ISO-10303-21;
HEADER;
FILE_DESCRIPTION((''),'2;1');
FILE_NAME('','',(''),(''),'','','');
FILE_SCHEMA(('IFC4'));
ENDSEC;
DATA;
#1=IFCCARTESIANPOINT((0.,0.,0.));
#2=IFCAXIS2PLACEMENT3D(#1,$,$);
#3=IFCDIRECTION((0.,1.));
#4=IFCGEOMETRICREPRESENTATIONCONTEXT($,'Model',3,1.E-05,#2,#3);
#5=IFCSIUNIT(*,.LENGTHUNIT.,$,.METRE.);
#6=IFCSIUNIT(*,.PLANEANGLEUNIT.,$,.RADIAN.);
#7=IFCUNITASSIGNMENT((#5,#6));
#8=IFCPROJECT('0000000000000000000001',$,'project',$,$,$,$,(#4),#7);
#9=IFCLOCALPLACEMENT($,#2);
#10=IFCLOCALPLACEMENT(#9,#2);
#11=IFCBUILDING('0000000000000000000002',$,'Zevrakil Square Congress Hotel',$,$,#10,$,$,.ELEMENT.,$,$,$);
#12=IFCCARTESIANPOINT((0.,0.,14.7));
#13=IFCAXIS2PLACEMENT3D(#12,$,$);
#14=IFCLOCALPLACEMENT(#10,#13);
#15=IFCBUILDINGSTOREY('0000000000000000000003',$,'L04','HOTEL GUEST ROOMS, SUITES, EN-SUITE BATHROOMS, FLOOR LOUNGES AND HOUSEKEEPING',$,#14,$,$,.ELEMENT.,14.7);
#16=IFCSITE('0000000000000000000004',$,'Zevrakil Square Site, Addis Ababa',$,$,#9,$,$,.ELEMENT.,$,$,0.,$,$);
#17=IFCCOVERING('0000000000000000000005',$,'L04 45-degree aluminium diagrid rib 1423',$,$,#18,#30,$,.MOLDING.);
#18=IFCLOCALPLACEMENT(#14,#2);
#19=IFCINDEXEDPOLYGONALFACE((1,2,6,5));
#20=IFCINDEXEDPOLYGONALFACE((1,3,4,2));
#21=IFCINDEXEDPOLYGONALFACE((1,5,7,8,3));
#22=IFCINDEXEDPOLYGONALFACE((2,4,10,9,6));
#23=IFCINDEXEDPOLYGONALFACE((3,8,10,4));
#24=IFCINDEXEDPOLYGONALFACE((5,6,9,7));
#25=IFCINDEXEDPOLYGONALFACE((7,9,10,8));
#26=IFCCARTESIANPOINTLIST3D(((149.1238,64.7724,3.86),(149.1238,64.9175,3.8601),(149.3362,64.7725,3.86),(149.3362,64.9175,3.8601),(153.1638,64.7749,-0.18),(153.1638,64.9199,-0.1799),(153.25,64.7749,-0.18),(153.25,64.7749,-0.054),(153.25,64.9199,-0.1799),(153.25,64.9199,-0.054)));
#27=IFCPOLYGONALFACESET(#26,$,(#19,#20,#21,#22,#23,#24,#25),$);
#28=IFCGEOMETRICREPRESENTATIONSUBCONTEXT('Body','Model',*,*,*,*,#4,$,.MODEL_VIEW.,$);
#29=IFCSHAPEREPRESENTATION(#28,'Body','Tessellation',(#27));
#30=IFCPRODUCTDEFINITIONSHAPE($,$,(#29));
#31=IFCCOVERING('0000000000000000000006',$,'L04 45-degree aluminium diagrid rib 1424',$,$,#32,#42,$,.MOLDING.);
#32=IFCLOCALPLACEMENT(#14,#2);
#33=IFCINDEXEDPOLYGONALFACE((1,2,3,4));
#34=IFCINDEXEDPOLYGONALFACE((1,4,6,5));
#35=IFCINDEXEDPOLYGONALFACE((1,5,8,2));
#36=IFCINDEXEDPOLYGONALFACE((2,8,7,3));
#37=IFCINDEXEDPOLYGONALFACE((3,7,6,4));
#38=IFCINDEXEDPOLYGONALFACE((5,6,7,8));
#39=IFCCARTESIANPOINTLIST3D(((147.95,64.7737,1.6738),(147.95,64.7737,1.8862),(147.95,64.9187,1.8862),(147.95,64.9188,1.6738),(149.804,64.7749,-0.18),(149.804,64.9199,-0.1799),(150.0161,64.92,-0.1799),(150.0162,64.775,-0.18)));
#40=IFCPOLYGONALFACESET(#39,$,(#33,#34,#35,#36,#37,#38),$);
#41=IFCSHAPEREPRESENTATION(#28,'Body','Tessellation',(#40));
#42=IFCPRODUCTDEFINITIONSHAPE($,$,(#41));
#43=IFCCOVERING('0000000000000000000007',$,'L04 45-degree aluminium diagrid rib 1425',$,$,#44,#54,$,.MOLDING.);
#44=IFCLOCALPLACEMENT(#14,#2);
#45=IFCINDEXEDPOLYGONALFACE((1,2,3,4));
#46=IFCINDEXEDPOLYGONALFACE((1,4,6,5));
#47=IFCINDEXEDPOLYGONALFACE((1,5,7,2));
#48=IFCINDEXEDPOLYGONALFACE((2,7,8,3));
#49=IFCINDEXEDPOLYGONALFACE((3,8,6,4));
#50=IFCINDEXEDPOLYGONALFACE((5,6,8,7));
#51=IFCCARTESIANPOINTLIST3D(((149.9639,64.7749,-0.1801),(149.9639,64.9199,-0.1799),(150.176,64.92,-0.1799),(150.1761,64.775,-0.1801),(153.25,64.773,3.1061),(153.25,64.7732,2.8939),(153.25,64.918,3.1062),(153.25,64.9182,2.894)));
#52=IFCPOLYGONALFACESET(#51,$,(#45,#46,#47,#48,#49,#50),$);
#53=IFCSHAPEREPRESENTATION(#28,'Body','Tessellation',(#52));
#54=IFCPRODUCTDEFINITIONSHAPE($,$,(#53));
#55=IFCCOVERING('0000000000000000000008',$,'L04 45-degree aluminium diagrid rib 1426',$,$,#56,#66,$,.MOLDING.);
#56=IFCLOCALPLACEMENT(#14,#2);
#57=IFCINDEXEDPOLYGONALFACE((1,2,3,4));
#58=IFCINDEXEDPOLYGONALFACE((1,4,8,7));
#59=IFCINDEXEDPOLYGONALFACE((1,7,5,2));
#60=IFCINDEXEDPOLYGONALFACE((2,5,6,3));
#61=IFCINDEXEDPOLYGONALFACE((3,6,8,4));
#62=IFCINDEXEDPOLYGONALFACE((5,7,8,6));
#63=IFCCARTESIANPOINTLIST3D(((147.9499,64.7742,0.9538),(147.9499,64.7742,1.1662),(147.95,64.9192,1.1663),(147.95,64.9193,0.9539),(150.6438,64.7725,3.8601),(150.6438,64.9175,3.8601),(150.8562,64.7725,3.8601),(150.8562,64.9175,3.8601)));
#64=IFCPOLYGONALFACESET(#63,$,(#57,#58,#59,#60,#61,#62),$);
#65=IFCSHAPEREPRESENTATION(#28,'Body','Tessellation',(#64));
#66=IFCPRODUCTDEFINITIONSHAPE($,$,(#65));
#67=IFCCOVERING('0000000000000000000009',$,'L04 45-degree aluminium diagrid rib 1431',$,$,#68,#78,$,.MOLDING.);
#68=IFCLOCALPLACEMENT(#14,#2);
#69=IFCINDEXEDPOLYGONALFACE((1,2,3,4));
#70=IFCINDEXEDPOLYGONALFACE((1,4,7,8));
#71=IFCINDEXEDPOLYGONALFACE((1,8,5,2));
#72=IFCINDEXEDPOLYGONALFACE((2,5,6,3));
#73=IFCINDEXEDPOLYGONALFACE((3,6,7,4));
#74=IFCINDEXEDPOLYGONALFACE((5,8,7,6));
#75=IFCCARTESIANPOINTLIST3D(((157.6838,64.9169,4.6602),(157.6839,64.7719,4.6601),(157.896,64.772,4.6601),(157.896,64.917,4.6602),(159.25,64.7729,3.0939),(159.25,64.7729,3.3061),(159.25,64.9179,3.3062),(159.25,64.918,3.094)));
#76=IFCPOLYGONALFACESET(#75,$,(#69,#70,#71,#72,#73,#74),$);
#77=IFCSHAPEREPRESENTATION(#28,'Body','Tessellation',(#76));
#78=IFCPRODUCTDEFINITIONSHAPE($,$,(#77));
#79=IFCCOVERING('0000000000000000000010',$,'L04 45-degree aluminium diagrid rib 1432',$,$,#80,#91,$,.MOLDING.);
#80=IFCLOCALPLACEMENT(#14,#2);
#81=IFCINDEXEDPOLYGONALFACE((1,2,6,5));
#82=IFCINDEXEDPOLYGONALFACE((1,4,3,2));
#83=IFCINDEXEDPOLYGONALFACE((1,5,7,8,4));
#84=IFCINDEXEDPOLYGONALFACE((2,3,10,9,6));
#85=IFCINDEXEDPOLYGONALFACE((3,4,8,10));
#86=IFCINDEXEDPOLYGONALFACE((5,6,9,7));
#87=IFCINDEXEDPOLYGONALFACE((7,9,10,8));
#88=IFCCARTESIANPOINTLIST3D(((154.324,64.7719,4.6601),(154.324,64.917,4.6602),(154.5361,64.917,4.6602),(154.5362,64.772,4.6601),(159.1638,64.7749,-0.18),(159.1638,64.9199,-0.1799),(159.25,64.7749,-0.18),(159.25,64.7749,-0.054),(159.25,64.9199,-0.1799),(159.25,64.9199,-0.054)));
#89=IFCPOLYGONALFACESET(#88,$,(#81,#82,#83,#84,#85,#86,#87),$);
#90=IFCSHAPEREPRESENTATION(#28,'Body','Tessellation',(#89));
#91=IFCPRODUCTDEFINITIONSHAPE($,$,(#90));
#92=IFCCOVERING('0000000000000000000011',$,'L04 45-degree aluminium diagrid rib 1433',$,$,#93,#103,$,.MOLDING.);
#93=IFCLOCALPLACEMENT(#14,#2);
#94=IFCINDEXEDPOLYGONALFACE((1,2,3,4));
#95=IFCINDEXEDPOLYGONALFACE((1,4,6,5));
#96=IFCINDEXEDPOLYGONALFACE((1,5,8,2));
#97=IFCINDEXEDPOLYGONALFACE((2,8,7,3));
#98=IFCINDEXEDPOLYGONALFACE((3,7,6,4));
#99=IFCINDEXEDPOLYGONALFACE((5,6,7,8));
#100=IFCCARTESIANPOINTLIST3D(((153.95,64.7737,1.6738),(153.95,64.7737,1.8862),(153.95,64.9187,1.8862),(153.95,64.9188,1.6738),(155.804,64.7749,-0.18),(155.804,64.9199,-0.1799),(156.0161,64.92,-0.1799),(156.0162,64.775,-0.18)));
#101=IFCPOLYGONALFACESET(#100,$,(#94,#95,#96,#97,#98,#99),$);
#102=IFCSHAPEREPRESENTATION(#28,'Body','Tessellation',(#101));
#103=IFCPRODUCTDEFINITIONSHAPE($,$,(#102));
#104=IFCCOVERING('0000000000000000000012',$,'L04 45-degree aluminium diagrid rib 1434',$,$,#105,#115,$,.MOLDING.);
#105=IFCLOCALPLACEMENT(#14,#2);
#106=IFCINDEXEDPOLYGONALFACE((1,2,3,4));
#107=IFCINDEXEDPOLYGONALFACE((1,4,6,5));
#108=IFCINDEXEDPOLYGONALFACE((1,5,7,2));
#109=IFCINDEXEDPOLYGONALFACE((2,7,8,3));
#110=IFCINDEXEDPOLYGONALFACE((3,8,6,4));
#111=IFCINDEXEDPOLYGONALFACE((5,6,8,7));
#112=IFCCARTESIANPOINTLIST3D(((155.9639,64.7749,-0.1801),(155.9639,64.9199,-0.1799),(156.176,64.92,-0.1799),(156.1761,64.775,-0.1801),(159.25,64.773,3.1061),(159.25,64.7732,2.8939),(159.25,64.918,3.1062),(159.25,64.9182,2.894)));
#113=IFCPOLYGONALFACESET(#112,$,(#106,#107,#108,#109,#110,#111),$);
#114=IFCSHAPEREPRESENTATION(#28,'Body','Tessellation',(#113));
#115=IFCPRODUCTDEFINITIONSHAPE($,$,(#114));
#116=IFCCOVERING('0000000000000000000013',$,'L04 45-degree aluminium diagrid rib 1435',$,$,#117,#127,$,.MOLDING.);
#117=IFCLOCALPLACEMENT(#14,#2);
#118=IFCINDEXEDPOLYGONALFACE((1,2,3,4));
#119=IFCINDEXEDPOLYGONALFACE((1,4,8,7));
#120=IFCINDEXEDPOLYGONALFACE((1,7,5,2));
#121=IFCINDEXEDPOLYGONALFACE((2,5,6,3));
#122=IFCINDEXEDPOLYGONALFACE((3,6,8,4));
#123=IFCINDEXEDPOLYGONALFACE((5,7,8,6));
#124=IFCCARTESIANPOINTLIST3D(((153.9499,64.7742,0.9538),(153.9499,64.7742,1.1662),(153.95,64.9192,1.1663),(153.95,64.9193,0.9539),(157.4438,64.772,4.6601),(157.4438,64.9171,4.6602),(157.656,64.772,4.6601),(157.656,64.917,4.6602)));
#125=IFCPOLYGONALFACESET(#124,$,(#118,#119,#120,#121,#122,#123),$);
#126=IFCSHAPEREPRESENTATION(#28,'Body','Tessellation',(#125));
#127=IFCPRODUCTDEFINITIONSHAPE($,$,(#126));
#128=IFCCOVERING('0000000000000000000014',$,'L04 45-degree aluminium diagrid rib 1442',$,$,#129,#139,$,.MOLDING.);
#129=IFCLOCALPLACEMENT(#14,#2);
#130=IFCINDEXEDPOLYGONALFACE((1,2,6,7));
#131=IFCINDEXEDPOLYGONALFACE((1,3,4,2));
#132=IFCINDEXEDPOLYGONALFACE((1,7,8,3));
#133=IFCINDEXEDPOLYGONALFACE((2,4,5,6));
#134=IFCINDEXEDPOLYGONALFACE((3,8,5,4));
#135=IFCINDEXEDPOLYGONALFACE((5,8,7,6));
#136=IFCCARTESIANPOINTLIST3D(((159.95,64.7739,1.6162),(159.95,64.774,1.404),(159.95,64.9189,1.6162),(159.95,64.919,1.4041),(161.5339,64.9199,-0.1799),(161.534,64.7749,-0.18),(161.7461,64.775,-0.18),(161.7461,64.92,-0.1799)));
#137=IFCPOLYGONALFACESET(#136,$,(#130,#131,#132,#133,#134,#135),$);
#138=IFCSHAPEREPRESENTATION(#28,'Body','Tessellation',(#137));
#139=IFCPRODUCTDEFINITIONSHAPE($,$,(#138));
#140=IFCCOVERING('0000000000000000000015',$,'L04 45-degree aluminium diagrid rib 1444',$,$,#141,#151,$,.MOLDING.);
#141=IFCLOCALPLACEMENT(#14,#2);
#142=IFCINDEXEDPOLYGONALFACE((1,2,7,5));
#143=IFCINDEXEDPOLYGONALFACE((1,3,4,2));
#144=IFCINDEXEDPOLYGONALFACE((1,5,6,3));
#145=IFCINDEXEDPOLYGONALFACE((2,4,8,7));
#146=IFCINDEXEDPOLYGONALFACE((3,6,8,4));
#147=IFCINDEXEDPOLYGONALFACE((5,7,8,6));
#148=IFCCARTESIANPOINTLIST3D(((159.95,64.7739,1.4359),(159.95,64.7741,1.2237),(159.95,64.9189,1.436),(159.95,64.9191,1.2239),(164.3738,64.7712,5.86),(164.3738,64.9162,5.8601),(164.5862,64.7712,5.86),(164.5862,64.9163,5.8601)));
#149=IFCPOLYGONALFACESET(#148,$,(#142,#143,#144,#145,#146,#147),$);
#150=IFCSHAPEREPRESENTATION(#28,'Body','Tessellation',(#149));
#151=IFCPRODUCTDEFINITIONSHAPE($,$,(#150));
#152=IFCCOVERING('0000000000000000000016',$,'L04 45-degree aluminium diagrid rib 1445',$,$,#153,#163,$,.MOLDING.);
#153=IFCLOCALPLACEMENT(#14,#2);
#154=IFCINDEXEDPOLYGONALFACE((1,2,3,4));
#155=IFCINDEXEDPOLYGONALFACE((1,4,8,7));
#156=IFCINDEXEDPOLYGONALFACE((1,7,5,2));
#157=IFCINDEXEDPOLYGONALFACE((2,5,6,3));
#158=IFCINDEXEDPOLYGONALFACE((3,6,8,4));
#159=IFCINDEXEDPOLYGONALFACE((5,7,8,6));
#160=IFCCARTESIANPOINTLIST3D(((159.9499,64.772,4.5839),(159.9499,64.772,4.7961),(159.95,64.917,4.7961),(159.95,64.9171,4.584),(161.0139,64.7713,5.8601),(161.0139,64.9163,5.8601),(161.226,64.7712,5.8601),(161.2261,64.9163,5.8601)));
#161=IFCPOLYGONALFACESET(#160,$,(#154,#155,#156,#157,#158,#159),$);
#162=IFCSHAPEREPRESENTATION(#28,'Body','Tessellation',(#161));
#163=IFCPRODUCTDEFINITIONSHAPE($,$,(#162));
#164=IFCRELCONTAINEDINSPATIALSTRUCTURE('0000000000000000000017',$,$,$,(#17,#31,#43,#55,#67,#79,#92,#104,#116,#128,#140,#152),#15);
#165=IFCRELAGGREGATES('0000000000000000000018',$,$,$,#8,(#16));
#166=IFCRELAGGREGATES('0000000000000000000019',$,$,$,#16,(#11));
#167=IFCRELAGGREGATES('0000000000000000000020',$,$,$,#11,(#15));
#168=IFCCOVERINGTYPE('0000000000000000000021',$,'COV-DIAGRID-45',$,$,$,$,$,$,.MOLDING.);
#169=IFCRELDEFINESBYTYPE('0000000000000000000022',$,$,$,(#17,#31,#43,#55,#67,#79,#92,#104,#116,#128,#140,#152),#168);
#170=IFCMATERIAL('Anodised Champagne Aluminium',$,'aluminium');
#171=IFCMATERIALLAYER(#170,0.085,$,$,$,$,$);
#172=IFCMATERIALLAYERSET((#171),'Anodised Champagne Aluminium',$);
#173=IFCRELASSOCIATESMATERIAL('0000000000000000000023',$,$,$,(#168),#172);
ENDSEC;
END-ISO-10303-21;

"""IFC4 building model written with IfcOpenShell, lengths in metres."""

from ifc_helpers import new_model, si_unit, direction, frame, origin, place, context, subcontext, project, spatial, polyline, outline, extrude, material, layer, layer_set, type_object, element, save


model = new_model("IFC4")

# Units and contexts
model_context = context("Model", 3, precision=1e-05, world=origin(), true_north=direction((0.0, 1.0)))
body_context = subcontext(model_context, "Body", "Model", "MODEL_VIEW")
ifc_project = project(units=[si_unit("LENGTHUNIT", "METRE"), si_unit("PLANEANGLEUNIT", "RADIAN")], contexts=[model_context])

# Site, building, storey
site_placement = place(None, origin())
site = spatial("IfcSite", under=ifc_project, at=site_placement, Name="Zevrakil Square Site, Addis Ababa", CompositionType="ELEMENT", RefElevation=0.0)
building_placement = place(site_placement, origin())
building = spatial("IfcBuilding", under=site, at=building_placement, Name="Zevrakil Square Congress Hotel", CompositionType="ELEMENT")
storey_placement = place(building_placement, frame((0.0, 0.0, 14.7)))
storey = spatial("IfcBuildingStorey", under=building, at=storey_placement, Name="L04", Description="HOTEL GUEST ROOMS, SUITES, EN-SUITE BATHROOMS, FLOOR LOUNGES AND HOUSEKEEPING", CompositionType="ELEMENT", Elevation=14.7)

# Coverings
ifc_material_1 = material(Name="Anodised Champagne Aluminium", Category="aluminium")
ifc_layer_1 = layer(ifc_material_1, 0.085)
ifc_layer_set_1 = layer_set([ifc_layer_1], Name="Anodised Champagne Aluminium")
covering_type_1 = type_object("IfcCoveringType", Name="COV-DIAGRID-45", PredefinedType="MOLDING", material=ifc_layer_set_1)
covering_1_placement = place(storey_placement, frame((153.1638, 64.9199, -0.1799), z_axis=(-0.000181, 1.0, 0.000429), x_axis=(1.0, 0.000181, 0.0)))
element("IfcCovering", 1, at=covering_1_placement, inside=storey, type_object=covering_type_1, Name="L04 45-degree aluminium diagrid rib 1423", PredefinedType="MOLDING", context=body_context, shape_type="SweptSolid", body=[
    extrude(outline(polyline([(0.0, 0.0), (0.0862, 0.0), (0.0862, -0.126), (-3.8276, -4.04), (-4.04, -4.04), (0.0, 0.0)])), origin(), (0.0, 0.0, -1.0), 0.145),
])
covering_2_placement = place(storey_placement, frame((149.804, 64.9199, -0.1799), z_axis=(-0.000312, 1.0, 0.000311), x_axis=(1.0, 0.000312, 0.0)))
element("IfcCovering", 2, at=covering_2_placement, inside=storey, type_object=covering_type_1, Name="L04 45-degree aluminium diagrid rib 1424", PredefinedType="MOLDING", context=body_context, shape_type="SweptSolid", body=[
    extrude(outline(polyline([(0.0, 0.0), (0.2122, 0.0), (-1.854, -2.0662), (-1.854, -1.8538), (0.0, 0.0)])), origin(), (0.0, 0.0, -1.0), 0.145),
])
covering_3_placement = place(storey_placement, frame((153.25, 64.9182, 2.894), z_axis=(-0.000287, 1.0, 0.000863), x_axis=(0.0, -0.000863, 1.0)))
element("IfcCovering", 3, at=covering_3_placement, inside=storey, type_object=covering_type_1, Name="L04 45-degree aluminium diagrid rib 1425", PredefinedType="MOLDING", context=body_context, shape_type="SweptSolid", body=[
    extrude(outline(polyline([(0.0, 0.0), (0.2122, 0.0), (-3.074, -3.2861), (-3.074, -3.074), (0.0, 0.0)])), origin(), (0.0, 0.0, -1.0), 0.145),
])
covering_4_placement = place(storey_placement, frame((150.8562, 64.9175, 3.8601), z_axis=(0.000305, 1.0, 0.000305), x_axis=(-1.0, 0.000305, 0.0)))
element("IfcCovering", 4, at=covering_4_placement, inside=storey, type_object=covering_type_1, Name="L04 45-degree aluminium diagrid rib 1426", PredefinedType="MOLDING", context=body_context, shape_type="SweptSolid", body=[
    extrude(outline(polyline([(0.0, 0.0), (0.2124, 0.0), (2.9063, -2.6938), (2.9063, -2.9063), (0.0, 0.0)])), origin(), (0.0, 0.0, -1.0), 0.145),
])
covering_5_placement = place(storey_placement, frame((159.25, 64.918, 3.094), z_axis=(-0.000334, 1.0, 0.000334), x_axis=(0.0, -0.000334, 1.0)))
element("IfcCovering", 5, at=covering_5_placement, inside=storey, type_object=covering_type_1, Name="L04 45-degree aluminium diagrid rib 1431", PredefinedType="MOLDING", context=body_context, shape_type="SweptSolid", body=[
    extrude(outline(polyline([(0.0, 0.0), (0.2122, 0.0), (1.5662, -1.354), (1.5662, -1.5662), (0.0, 0.0)])), origin(), (0.0, 0.0, -1.0), 0.145),
])
covering_6_placement = place(storey_placement, frame((159.1638, 64.9199, -0.1799), z_axis=(-0.000181, 1.0, 0.000429), x_axis=(1.0, 0.000181, 0.0)))
element("IfcCovering", 6, at=covering_6_placement, inside=storey, type_object=covering_type_1, Name="L04 45-degree aluminium diagrid rib 1432", PredefinedType="MOLDING", context=body_context, shape_type="SweptSolid", body=[
    extrude(outline(polyline([(0.0, 0.0), (0.0862, 0.0), (0.0862, -0.126), (-4.6277, -4.8401), (-4.8398, -4.8401), (0.0, 0.0)])), origin(), (0.0, 0.0, -1.0), 0.145),
])
covering_7_placement = place(storey_placement, frame((155.804, 64.9199, -0.1799), z_axis=(-0.000312, 1.0, 0.000311), x_axis=(1.0, 0.000312, 0.0)))
element("IfcCovering", 7, at=covering_7_placement, inside=storey, type_object=covering_type_1, Name="L04 45-degree aluminium diagrid rib 1433", PredefinedType="MOLDING", context=body_context, shape_type="SweptSolid", body=[
    extrude(outline(polyline([(0.0, 0.0), (0.2122, 0.0), (-1.854, -2.0662), (-1.854, -1.8538), (0.0, 0.0)])), origin(), (0.0, 0.0, -1.0), 0.145),
])
covering_8_placement = place(storey_placement, frame((159.25, 64.9182, 2.894), z_axis=(-0.000287, 1.0, 0.000863), x_axis=(0.0, -0.000863, 1.0)))
element("IfcCovering", 8, at=covering_8_placement, inside=storey, type_object=covering_type_1, Name="L04 45-degree aluminium diagrid rib 1434", PredefinedType="MOLDING", context=body_context, shape_type="SweptSolid", body=[
    extrude(outline(polyline([(0.0, 0.0), (0.2122, 0.0), (-3.074, -3.2861), (-3.074, -3.074), (0.0, 0.0)])), origin(), (0.0, 0.0, -1.0), 0.145),
])
covering_9_placement = place(storey_placement, frame((157.656, 64.917, 4.6602), z_axis=(0.000305, 1.0, 0.000305), x_axis=(-1.0, 0.000305, 0.0)))
element("IfcCovering", 9, at=covering_9_placement, inside=storey, type_object=covering_type_1, Name="L04 45-degree aluminium diagrid rib 1435", PredefinedType="MOLDING", context=body_context, shape_type="SweptSolid", body=[
    extrude(outline(polyline([(0.0, 0.0), (0.2122, 0.0), (3.7061, -3.4939), (3.7061, -3.7063), (0.0, 0.0)])), origin(), (0.0, 0.0, -1.0), 0.145),
])
covering_10_placement = place(storey_placement, frame((161.5339, 64.9199, -0.1799), z_axis=(-0.000289, 1.0, 0.000289), x_axis=(1.0, 0.000289, 0.0)))
element("IfcCovering", 10, at=covering_10_placement, inside=storey, type_object=covering_type_1, Name="L04 45-degree aluminium diagrid rib 1442", PredefinedType="MOLDING", context=body_context, shape_type="SweptSolid", body=[
    extrude(outline(polyline([(0.0, 0.0), (0.2122, 0.0), (-1.584, -1.7961), (-1.584, -1.584), (0.0, 0.0)])), origin(), (0.0, 0.0, -1.0), 0.145),
])
covering_11_placement = place(storey_placement, frame((164.5862, 64.9163, 5.8601), z_axis=(-0.000265, 1.0, 0.000885), x_axis=(-1.0, -0.000265, 0.0)))
element("IfcCovering", 11, at=covering_11_placement, inside=storey, type_object=covering_type_1, Name="L04 45-degree aluminium diagrid rib 1444", PredefinedType="MOLDING", context=body_context, shape_type="SweptSolid", body=[
    extrude(outline(polyline([(0.0, 0.0), (0.2124, 0.0), (4.6362, -4.4241), (4.6362, -4.6362), (0.0, 0.0)])), origin(), (0.0, 0.0, -1.0), 0.145),
])
covering_12_placement = place(storey_placement, frame((161.2261, 64.9163, 5.8601), z_axis=(0.000313, 1.0, 0.000313), x_axis=(-1.0, 0.000313, 0.0)))
element("IfcCovering", 12, at=covering_12_placement, inside=storey, type_object=covering_type_1, Name="L04 45-degree aluminium diagrid rib 1445", PredefinedType="MOLDING", context=body_context, shape_type="SweptSolid", body=[
    extrude(outline(polyline([(0.0, 0.0), (0.2122, 0.0), (1.2761, -1.064), (1.2761, -1.2761), (0.0, 0.0)])), origin(), (0.0, 0.0, -1.0), 0.145),
])

save(model, "model.ifc")
